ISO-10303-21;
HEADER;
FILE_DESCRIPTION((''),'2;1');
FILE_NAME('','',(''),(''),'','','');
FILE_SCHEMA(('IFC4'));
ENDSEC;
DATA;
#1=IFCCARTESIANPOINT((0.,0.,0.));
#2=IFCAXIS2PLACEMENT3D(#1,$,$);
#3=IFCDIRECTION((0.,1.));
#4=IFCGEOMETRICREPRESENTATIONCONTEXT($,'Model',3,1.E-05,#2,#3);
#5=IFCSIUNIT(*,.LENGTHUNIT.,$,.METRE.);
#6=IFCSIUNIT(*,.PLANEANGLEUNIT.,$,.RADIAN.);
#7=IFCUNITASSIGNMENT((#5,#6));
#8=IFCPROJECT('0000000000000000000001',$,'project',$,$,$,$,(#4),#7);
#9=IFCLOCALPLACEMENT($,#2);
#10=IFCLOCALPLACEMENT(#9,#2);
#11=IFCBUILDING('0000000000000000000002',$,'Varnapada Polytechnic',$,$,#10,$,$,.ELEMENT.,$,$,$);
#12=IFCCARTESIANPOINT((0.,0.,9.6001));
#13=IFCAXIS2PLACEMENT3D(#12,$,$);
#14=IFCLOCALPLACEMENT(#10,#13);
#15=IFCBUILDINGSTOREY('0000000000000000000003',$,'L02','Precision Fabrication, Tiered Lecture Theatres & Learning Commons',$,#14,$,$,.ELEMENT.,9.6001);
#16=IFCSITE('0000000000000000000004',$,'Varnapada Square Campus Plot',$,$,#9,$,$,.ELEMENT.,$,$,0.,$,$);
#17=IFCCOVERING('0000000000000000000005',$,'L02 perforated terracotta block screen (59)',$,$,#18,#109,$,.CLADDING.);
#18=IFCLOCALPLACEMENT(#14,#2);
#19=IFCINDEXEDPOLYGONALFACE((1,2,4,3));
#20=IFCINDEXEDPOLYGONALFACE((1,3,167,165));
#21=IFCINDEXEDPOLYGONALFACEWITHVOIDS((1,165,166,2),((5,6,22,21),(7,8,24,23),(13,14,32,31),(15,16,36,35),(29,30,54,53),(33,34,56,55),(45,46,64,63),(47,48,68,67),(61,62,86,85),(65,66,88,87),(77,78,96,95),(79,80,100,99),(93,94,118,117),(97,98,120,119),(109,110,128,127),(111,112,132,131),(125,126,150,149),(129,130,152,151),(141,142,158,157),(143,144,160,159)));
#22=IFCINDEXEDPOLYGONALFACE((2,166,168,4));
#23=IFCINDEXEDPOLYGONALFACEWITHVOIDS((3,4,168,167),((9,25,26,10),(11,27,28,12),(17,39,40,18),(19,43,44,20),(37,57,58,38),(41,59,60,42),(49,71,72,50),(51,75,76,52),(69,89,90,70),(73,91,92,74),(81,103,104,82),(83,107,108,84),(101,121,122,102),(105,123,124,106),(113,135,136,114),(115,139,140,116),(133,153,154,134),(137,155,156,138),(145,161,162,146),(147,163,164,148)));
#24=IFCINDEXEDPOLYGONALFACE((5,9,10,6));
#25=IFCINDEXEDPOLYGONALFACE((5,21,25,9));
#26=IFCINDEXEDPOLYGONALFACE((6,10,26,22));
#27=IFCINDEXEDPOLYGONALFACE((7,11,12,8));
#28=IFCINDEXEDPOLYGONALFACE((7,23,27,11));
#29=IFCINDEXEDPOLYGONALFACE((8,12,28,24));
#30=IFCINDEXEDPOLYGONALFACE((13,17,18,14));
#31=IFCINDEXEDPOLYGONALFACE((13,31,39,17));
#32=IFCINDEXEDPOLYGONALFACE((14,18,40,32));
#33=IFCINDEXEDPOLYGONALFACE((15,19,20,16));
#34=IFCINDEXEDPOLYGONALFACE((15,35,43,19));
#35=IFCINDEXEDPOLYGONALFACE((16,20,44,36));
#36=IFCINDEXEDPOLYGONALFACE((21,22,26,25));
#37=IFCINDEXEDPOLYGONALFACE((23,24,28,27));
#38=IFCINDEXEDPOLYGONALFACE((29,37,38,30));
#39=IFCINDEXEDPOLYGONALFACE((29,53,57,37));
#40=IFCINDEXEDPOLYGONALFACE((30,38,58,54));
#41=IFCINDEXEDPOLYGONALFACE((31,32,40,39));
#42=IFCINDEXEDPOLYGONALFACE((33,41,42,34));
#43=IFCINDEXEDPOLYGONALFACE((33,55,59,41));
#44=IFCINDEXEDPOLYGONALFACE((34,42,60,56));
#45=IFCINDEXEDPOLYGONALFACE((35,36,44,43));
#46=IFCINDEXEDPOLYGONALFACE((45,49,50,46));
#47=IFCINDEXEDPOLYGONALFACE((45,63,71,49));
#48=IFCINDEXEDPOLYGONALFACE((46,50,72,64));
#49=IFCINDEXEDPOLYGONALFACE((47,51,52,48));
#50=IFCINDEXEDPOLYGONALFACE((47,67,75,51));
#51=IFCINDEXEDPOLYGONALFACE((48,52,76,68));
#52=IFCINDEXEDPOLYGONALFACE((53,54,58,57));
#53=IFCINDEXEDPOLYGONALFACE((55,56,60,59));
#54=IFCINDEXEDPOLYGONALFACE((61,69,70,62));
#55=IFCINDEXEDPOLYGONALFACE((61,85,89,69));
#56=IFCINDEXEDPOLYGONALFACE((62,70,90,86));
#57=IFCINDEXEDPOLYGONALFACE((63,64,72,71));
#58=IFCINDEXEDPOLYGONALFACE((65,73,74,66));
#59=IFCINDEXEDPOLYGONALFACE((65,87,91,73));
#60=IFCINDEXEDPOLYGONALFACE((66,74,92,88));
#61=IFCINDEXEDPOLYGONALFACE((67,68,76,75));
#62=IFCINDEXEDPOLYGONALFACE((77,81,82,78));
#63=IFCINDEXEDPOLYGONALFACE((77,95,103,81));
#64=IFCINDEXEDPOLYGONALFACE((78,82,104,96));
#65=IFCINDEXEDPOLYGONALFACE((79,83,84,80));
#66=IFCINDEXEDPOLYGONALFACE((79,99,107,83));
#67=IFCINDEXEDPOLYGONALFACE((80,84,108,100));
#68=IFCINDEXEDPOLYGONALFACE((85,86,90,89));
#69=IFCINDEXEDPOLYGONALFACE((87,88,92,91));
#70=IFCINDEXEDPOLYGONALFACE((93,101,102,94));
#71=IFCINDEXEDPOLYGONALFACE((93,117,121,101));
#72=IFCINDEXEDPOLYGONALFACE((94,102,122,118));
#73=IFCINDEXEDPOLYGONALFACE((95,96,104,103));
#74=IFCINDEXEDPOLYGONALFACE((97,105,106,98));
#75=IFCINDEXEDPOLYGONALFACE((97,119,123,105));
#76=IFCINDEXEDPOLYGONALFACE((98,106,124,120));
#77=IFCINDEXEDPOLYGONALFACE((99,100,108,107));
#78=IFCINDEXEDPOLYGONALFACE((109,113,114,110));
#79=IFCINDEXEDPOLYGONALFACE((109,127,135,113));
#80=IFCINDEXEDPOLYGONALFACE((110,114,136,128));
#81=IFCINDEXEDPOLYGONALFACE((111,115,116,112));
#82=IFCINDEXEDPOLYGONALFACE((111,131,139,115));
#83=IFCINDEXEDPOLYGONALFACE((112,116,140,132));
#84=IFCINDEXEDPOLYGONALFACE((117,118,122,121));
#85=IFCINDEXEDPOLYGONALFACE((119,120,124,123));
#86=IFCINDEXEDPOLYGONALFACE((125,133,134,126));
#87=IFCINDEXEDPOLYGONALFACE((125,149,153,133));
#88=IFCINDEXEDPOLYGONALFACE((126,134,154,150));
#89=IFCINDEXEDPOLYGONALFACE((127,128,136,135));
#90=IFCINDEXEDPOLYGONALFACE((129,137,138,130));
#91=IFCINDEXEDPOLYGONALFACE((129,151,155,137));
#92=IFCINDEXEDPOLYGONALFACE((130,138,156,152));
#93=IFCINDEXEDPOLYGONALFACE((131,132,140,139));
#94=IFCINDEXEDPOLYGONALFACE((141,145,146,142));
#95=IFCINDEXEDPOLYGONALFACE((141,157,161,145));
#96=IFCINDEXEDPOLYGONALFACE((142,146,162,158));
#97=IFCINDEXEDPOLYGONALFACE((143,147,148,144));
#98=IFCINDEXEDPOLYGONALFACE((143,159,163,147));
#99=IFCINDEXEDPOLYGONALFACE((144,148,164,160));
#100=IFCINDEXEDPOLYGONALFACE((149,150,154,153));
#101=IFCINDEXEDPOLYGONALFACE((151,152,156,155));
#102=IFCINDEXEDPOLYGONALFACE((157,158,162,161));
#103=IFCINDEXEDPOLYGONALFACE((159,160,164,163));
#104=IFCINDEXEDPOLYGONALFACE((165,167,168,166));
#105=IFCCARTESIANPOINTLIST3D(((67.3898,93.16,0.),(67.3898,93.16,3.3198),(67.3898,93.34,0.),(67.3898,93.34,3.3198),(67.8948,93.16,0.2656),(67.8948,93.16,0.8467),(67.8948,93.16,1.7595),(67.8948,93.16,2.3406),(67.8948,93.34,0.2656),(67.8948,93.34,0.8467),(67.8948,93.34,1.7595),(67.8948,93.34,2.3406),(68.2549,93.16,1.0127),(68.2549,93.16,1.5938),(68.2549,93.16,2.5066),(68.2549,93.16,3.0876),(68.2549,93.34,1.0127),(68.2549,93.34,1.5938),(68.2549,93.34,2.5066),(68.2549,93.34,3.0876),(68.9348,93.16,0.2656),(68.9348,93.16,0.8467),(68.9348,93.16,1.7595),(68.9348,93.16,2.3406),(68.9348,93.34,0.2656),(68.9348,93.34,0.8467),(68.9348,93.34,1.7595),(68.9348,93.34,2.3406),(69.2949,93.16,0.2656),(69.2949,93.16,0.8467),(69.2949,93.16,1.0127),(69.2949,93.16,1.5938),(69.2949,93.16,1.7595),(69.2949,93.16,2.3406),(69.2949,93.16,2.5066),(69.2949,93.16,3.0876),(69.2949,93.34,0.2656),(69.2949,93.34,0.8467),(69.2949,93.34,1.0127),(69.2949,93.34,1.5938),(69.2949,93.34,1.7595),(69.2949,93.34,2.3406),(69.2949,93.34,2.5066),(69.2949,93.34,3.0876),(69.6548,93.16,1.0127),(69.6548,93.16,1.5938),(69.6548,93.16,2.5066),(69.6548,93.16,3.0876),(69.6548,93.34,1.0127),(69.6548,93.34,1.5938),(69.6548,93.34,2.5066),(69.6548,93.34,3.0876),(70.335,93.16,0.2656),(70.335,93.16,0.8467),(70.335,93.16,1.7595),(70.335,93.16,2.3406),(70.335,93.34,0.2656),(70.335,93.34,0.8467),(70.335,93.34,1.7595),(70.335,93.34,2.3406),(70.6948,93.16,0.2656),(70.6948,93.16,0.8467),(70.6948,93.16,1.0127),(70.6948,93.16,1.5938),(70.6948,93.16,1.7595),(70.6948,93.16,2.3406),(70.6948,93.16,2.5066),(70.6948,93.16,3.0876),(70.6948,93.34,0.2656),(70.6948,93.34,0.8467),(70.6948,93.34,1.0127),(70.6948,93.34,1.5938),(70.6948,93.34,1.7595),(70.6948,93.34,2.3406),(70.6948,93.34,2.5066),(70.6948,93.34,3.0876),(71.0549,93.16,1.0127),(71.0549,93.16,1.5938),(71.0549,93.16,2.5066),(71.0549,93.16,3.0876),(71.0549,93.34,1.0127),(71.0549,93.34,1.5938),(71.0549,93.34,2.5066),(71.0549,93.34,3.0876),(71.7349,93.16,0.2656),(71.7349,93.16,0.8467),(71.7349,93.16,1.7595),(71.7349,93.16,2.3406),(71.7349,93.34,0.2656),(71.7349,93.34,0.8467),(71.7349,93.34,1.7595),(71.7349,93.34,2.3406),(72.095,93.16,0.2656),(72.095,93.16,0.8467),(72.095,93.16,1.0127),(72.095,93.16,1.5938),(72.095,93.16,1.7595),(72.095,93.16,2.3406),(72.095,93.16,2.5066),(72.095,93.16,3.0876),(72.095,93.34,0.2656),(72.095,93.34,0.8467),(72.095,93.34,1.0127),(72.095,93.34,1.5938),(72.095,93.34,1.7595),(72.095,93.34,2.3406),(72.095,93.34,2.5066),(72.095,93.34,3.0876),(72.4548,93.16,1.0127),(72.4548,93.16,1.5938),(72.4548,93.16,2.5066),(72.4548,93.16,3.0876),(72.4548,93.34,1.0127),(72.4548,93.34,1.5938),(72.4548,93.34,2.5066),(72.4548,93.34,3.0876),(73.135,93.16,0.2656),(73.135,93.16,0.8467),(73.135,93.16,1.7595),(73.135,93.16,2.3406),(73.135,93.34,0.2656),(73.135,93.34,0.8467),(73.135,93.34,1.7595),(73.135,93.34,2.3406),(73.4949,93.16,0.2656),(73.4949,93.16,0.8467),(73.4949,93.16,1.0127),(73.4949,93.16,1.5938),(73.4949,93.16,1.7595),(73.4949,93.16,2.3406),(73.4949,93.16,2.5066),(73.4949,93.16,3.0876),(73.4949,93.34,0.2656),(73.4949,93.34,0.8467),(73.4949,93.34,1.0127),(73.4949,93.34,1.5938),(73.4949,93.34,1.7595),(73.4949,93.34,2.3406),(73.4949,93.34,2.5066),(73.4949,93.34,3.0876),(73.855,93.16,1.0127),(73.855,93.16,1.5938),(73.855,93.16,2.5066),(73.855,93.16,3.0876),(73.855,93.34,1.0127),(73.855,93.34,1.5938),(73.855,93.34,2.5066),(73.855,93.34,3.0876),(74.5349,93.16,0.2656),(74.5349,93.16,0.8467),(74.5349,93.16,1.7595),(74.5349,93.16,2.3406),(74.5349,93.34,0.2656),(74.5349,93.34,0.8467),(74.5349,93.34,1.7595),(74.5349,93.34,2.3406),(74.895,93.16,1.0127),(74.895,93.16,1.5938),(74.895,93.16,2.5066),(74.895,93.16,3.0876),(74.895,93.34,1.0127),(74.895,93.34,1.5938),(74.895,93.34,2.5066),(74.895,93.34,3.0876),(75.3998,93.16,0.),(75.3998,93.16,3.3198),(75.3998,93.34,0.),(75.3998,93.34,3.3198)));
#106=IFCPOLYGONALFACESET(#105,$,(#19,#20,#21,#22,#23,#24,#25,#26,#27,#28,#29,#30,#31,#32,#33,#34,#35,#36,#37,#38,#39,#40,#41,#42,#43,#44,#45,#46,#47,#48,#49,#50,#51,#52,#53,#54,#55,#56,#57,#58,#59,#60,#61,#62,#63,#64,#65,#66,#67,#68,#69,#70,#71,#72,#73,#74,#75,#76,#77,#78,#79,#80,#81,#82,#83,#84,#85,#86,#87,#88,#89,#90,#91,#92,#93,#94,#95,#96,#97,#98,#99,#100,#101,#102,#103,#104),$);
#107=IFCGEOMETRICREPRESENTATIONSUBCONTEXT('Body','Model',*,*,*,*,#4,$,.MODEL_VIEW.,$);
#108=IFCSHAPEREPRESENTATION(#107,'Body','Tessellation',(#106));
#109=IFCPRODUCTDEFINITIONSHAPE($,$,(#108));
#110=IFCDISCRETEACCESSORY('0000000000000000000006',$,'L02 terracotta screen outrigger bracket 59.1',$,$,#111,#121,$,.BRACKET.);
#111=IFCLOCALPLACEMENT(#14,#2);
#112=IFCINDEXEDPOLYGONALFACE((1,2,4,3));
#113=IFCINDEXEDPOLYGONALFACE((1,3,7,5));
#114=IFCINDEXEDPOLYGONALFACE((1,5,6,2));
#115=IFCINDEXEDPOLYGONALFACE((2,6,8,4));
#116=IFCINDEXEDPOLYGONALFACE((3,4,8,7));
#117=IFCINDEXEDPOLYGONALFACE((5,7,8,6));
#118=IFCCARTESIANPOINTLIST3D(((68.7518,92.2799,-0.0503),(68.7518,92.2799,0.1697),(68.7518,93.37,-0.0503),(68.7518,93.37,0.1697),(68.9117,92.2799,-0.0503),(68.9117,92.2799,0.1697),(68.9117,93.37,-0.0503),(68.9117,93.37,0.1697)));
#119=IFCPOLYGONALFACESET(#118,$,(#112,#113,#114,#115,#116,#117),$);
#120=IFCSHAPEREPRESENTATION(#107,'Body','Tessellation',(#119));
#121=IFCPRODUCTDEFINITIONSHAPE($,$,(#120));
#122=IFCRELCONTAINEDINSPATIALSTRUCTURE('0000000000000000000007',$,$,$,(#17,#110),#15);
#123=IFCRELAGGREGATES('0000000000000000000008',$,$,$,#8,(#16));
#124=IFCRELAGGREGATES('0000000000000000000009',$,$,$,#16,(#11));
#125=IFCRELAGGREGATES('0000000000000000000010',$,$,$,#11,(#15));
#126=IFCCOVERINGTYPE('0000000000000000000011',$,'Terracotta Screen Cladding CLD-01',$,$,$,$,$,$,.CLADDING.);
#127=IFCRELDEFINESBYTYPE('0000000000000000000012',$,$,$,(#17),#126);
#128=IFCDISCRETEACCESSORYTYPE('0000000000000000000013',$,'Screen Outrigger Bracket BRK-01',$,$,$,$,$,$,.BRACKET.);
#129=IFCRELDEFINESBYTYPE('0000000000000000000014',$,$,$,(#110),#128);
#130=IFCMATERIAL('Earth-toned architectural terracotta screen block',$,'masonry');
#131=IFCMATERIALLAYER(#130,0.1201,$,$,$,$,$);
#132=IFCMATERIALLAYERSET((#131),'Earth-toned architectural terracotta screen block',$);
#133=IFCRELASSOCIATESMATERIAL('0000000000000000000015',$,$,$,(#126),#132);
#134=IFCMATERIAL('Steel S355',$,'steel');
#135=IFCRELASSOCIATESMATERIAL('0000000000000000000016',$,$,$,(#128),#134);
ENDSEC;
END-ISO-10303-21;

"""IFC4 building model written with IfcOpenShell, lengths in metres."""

from ifc_helpers import new_model, si_unit, direction, frame, frame_2d, origin, origin_2d, place, context, subcontext, project, spatial, rectangle, extrude, material, layer, layer_set, type_object, element, save


model = new_model("IFC4")

# Units and contexts
model_context = context("Model", 3, precision=1e-05, world=origin(), true_north=direction((0.0, 1.0)))
body_context = subcontext(model_context, "Body", "Model", "MODEL_VIEW")
ifc_project = project(units=[si_unit("LENGTHUNIT", "METRE"), si_unit("PLANEANGLEUNIT", "RADIAN")], contexts=[model_context])

# Site, building, storey
site_placement = place(None, origin())
site = spatial("IfcSite", under=ifc_project, at=site_placement, Name="Varnapada Square Campus Plot", CompositionType="ELEMENT", RefElevation=0.0)
building_placement = place(site_placement, origin())
building = spatial("IfcBuilding", under=site, at=building_placement, Name="Varnapada Polytechnic", CompositionType="ELEMENT")
storey_placement = place(building_placement, frame((0.0, 0.0, 9.6001)))
storey = spatial("IfcBuildingStorey", under=building, at=storey_placement, Name="L02", Description="Precision Fabrication, Tiered Lecture Theatres & Learning Commons", CompositionType="ELEMENT", Elevation=9.6001)

# Shared definitions
ifc_material_1 = material(Name="Steel S355", Category="steel")

# Covering, openings
ifc_material_2 = material(Name="Earth-toned architectural terracotta screen block", Category="masonry")
ifc_layer_1 = layer(ifc_material_2, 0.1201)
ifc_layer_set_1 = layer_set([ifc_layer_1], Name="Earth-toned architectural terracotta screen block")
covering_type_1 = type_object("IfcCoveringType", Name="Terracotta Screen Cladding CLD-01", PredefinedType="CLADDING", material=ifc_layer_set_1)
covering_1_placement = place(storey_placement, frame((67.3899, 93.25, 0.0), z_axis=(0.0, 0.0, 1.0), x_axis=(1.0, 0.0, 0.0)))
covering_1 = element("IfcCovering", 1, at=covering_1_placement, inside=storey, type_object=covering_type_1, Name="L02 perforated terracotta block screen (59)", PredefinedType="CLADDING", context=body_context, shape_type="SweptSolid", body=[
    extrude(rectangle(XDim=8.01, YDim=0.1799, at=frame_2d((4.0049, 0.0))), origin(), (0.0, 0.0, 1.0), 3.3198),
])
opening_1_placement = place(covering_1_placement, frame((0.5049, 0.0, 0.2656)))
element("IfcOpeningElement", 2, at=opening_1_placement, cuts=covering_1, PredefinedType="OPENING", context=body_context, shape_type="SweptSolid", body=[
    extrude(rectangle(XDim=1.04, YDim=0.5811, at=frame_2d((0.52, 0.2905))), frame((0.0, 0.0999, 0.0), z_axis=(0.0, -1.0, 0.0), x_axis=(1.0, 0.0, 0.0)), (0.0, 0.0, 1.0), 0.2),
])
opening_2_placement = place(covering_1_placement, frame((1.905, 0.0, 0.2656)))
element("IfcOpeningElement", 3, at=opening_2_placement, cuts=covering_1, PredefinedType="OPENING", context=body_context, shape_type="SweptSolid", body=[
    extrude(rectangle(XDim=1.04, YDim=0.5811, at=frame_2d((0.52, 0.2905))), frame((0.0, 0.0999, 0.0), z_axis=(0.0, -1.0, 0.0), x_axis=(1.0, 0.0, 0.0)), (0.0, 0.0, 1.0), 0.2),
])
opening_3_placement = place(covering_1_placement, frame((3.3049, 0.0, 0.2656)))
element("IfcOpeningElement", 4, at=opening_3_placement, cuts=covering_1, PredefinedType="OPENING", context=body_context, shape_type="SweptSolid", body=[
    extrude(rectangle(XDim=1.04, YDim=0.5811, at=frame_2d((0.52, 0.2905))), frame((0.0, 0.0999, 0.0), z_axis=(0.0, -1.0, 0.0), x_axis=(1.0, 0.0, 0.0)), (0.0, 0.0, 1.0), 0.2),
])
opening_4_placement = place(covering_1_placement, frame((4.7051, 0.0, 0.2656)))
element("IfcOpeningElement", 5, at=opening_4_placement, cuts=covering_1, PredefinedType="OPENING", context=body_context, shape_type="SweptSolid", body=[
    extrude(rectangle(XDim=1.04, YDim=0.5811, at=frame_2d((0.52, 0.2905))), frame((0.0, 0.0999, 0.0), z_axis=(0.0, -1.0, 0.0), x_axis=(1.0, 0.0, 0.0)), (0.0, 0.0, 1.0), 0.2),
])
opening_5_placement = place(covering_1_placement, frame((6.105, 0.0, 0.2656)))
element("IfcOpeningElement", 6, at=opening_5_placement, cuts=covering_1, PredefinedType="OPENING", context=body_context, shape_type="SweptSolid", body=[
    extrude(rectangle(XDim=1.04, YDim=0.5811, at=frame_2d((0.52, 0.2905))), frame((0.0, 0.0999, 0.0), z_axis=(0.0, -1.0, 0.0), x_axis=(1.0, 0.0, 0.0)), (0.0, 0.0, 1.0), 0.2),
])
opening_6_placement = place(covering_1_placement, frame((0.865, 0.0, 1.0127)))
element("IfcOpeningElement", 7, at=opening_6_placement, cuts=covering_1, PredefinedType="OPENING", context=body_context, shape_type="SweptSolid", body=[
    extrude(rectangle(XDim=1.04, YDim=0.5811, at=frame_2d((0.52, 0.2905))), frame((0.0, 0.0999, 0.0), z_axis=(0.0, -1.0, 0.0), x_axis=(1.0, 0.0, 0.0)), (0.0, 0.0, 1.0), 0.2),
])
opening_7_placement = place(covering_1_placement, frame((2.2649, 0.0, 1.0127)))
element("IfcOpeningElement", 8, at=opening_7_placement, cuts=covering_1, PredefinedType="OPENING", context=body_context, shape_type="SweptSolid", body=[
    extrude(rectangle(XDim=1.04, YDim=0.5811, at=frame_2d((0.52, 0.2905))), frame((0.0, 0.0999, 0.0), z_axis=(0.0, -1.0, 0.0), x_axis=(1.0, 0.0, 0.0)), (0.0, 0.0, 1.0), 0.2),
])
opening_8_placement = place(covering_1_placement, frame((3.665, 0.0, 1.0127)))
element("IfcOpeningElement", 9, at=opening_8_placement, cuts=covering_1, PredefinedType="OPENING", context=body_context, shape_type="SweptSolid", body=[
    extrude(rectangle(XDim=1.04, YDim=0.5811, at=frame_2d((0.52, 0.2905))), frame((0.0, 0.0999, 0.0), z_axis=(0.0, -1.0, 0.0), x_axis=(1.0, 0.0, 0.0)), (0.0, 0.0, 1.0), 0.2),
])
opening_9_placement = place(covering_1_placement, frame((5.0649, 0.0, 1.0127)))
element("IfcOpeningElement", 10, at=opening_9_placement, cuts=covering_1, PredefinedType="OPENING", context=body_context, shape_type="SweptSolid", body=[
    extrude(rectangle(XDim=1.04, YDim=0.5811, at=frame_2d((0.52, 0.2905))), frame((0.0, 0.0999, 0.0), z_axis=(0.0, -1.0, 0.0), x_axis=(1.0, 0.0, 0.0)), (0.0, 0.0, 1.0), 0.2),
])
opening_10_placement = place(covering_1_placement, frame((6.4651, 0.0, 1.0127)))
element("IfcOpeningElement", 11, at=opening_10_placement, cuts=covering_1, PredefinedType="OPENING", context=body_context, shape_type="SweptSolid", body=[
    extrude(rectangle(XDim=1.04, YDim=0.5811, at=frame_2d((0.52, 0.2905))), frame((0.0, 0.0999, 0.0), z_axis=(0.0, -1.0, 0.0), x_axis=(1.0, 0.0, 0.0)), (0.0, 0.0, 1.0), 0.2),
])
opening_11_placement = place(covering_1_placement, frame((0.5049, 0.0, 1.7595)))
element("IfcOpeningElement", 12, at=opening_11_placement, cuts=covering_1, PredefinedType="OPENING", context=body_context, shape_type="SweptSolid", body=[
    extrude(rectangle(XDim=1.04, YDim=0.5811, at=frame_2d((0.52, 0.2905))), frame((0.0, 0.0999, 0.0), z_axis=(0.0, -1.0, 0.0), x_axis=(1.0, 0.0, 0.0)), (0.0, 0.0, 1.0), 0.2),
])
opening_12_placement = place(covering_1_placement, frame((1.905, 0.0, 1.7595)))
element("IfcOpeningElement", 13, at=opening_12_placement, cuts=covering_1, PredefinedType="OPENING", context=body_context, shape_type="SweptSolid", body=[
    extrude(rectangle(XDim=1.04, YDim=0.5811, at=frame_2d((0.52, 0.2905))), frame((0.0, 0.0999, 0.0), z_axis=(0.0, -1.0, 0.0), x_axis=(1.0, 0.0, 0.0)), (0.0, 0.0, 1.0), 0.2),
])
opening_13_placement = place(covering_1_placement, frame((3.3049, 0.0, 1.7595)))
element("IfcOpeningElement", 14, at=opening_13_placement, cuts=covering_1, PredefinedType="OPENING", context=body_context, shape_type="SweptSolid", body=[
    extrude(rectangle(XDim=1.04, YDim=0.5811, at=frame_2d((0.52, 0.2905))), frame((0.0, 0.0999, 0.0), z_axis=(0.0, -1.0, 0.0), x_axis=(1.0, 0.0, 0.0)), (0.0, 0.0, 1.0), 0.2),
])
opening_14_placement = place(covering_1_placement, frame((4.7051, 0.0, 1.7595)))
element("IfcOpeningElement", 15, at=opening_14_placement, cuts=covering_1, PredefinedType="OPENING", context=body_context, shape_type="SweptSolid", body=[
    extrude(rectangle(XDim=1.04, YDim=0.5811, at=frame_2d((0.52, 0.2905))), frame((0.0, 0.0999, 0.0), z_axis=(0.0, -1.0, 0.0), x_axis=(1.0, 0.0, 0.0)), (0.0, 0.0, 1.0), 0.2),
])
opening_15_placement = place(covering_1_placement, frame((6.105, 0.0, 1.7595)))
element("IfcOpeningElement", 16, at=opening_15_placement, cuts=covering_1, PredefinedType="OPENING", context=body_context, shape_type="SweptSolid", body=[
    extrude(rectangle(XDim=1.04, YDim=0.5811, at=frame_2d((0.52, 0.2905))), frame((0.0, 0.0999, 0.0), z_axis=(0.0, -1.0, 0.0), x_axis=(1.0, 0.0, 0.0)), (0.0, 0.0, 1.0), 0.2),
])
opening_16_placement = place(covering_1_placement, frame((0.865, 0.0, 2.5066)))
element("IfcOpeningElement", 17, at=opening_16_placement, cuts=covering_1, PredefinedType="OPENING", context=body_context, shape_type="SweptSolid", body=[
    extrude(rectangle(XDim=1.04, YDim=0.5811, at=frame_2d((0.52, 0.2905))), frame((0.0, 0.0999, 0.0), z_axis=(0.0, -1.0, 0.0), x_axis=(1.0, 0.0, 0.0)), (0.0, 0.0, 1.0), 0.2),
])
opening_17_placement = place(covering_1_placement, frame((2.2649, 0.0, 2.5066)))
element("IfcOpeningElement", 18, at=opening_17_placement, cuts=covering_1, PredefinedType="OPENING", context=body_context, shape_type="SweptSolid", body=[
    extrude(rectangle(XDim=1.04, YDim=0.5811, at=frame_2d((0.52, 0.2905))), frame((0.0, 0.0999, 0.0), z_axis=(0.0, -1.0, 0.0), x_axis=(1.0, 0.0, 0.0)), (0.0, 0.0, 1.0), 0.2),
])
opening_18_placement = place(covering_1_placement, frame((3.665, 0.0, 2.5066)))
element("IfcOpeningElement", 19, at=opening_18_placement, cuts=covering_1, PredefinedType="OPENING", context=body_context, shape_type="SweptSolid", body=[
    extrude(rectangle(XDim=1.04, YDim=0.5811, at=frame_2d((0.52, 0.2905))), frame((0.0, 0.0999, 0.0), z_axis=(0.0, -1.0, 0.0), x_axis=(1.0, 0.0, 0.0)), (0.0, 0.0, 1.0), 0.2),
])
opening_19_placement = place(covering_1_placement, frame((5.0649, 0.0, 2.5066)))
element("IfcOpeningElement", 20, at=opening_19_placement, cuts=covering_1, PredefinedType="OPENING", context=body_context, shape_type="SweptSolid", body=[
    extrude(rectangle(XDim=1.04, YDim=0.5811, at=frame_2d((0.52, 0.2905))), frame((0.0, 0.0999, 0.0), z_axis=(0.0, -1.0, 0.0), x_axis=(1.0, 0.0, 0.0)), (0.0, 0.0, 1.0), 0.2),
])
opening_20_placement = place(covering_1_placement, frame((6.4651, 0.0, 2.5066)))
element("IfcOpeningElement", 21, at=opening_20_placement, cuts=covering_1, PredefinedType="OPENING", context=body_context, shape_type="SweptSolid", body=[
    extrude(rectangle(XDim=1.04, YDim=0.5811, at=frame_2d((0.52, 0.2905))), frame((0.0, 0.0999, 0.0), z_axis=(0.0, -1.0, 0.0), x_axis=(1.0, 0.0, 0.0)), (0.0, 0.0, 1.0), 0.2),
])

# Discrete accessory
discrete_accessory_type = type_object("IfcDiscreteAccessoryType", Name="Screen Outrigger Bracket BRK-01", PredefinedType="BRACKET", material=ifc_material_1)
for number, where, z_axis, x_axis, name in (
    (22, (68.8318, 92.825, -0.0503), (0.0, 0.0, 1.0), (1.0, 0.0, 0.0), "L02 terracotta screen outrigger bracket 59.1"),
):
    element("IfcDiscreteAccessory", number, at=place(storey_placement, frame(where, z_axis=z_axis, x_axis=x_axis)), inside=storey, type_object=discrete_accessory_type, Name=name, PredefinedType="BRACKET", context=body_context, shape_type="SweptSolid", body=[
        extrude(rectangle(XDim=0.1599, YDim=1.0901, at=origin_2d()), origin(), (0.0, 0.0, 1.0), 0.22),
    ])

save(model, "model.ifc")
